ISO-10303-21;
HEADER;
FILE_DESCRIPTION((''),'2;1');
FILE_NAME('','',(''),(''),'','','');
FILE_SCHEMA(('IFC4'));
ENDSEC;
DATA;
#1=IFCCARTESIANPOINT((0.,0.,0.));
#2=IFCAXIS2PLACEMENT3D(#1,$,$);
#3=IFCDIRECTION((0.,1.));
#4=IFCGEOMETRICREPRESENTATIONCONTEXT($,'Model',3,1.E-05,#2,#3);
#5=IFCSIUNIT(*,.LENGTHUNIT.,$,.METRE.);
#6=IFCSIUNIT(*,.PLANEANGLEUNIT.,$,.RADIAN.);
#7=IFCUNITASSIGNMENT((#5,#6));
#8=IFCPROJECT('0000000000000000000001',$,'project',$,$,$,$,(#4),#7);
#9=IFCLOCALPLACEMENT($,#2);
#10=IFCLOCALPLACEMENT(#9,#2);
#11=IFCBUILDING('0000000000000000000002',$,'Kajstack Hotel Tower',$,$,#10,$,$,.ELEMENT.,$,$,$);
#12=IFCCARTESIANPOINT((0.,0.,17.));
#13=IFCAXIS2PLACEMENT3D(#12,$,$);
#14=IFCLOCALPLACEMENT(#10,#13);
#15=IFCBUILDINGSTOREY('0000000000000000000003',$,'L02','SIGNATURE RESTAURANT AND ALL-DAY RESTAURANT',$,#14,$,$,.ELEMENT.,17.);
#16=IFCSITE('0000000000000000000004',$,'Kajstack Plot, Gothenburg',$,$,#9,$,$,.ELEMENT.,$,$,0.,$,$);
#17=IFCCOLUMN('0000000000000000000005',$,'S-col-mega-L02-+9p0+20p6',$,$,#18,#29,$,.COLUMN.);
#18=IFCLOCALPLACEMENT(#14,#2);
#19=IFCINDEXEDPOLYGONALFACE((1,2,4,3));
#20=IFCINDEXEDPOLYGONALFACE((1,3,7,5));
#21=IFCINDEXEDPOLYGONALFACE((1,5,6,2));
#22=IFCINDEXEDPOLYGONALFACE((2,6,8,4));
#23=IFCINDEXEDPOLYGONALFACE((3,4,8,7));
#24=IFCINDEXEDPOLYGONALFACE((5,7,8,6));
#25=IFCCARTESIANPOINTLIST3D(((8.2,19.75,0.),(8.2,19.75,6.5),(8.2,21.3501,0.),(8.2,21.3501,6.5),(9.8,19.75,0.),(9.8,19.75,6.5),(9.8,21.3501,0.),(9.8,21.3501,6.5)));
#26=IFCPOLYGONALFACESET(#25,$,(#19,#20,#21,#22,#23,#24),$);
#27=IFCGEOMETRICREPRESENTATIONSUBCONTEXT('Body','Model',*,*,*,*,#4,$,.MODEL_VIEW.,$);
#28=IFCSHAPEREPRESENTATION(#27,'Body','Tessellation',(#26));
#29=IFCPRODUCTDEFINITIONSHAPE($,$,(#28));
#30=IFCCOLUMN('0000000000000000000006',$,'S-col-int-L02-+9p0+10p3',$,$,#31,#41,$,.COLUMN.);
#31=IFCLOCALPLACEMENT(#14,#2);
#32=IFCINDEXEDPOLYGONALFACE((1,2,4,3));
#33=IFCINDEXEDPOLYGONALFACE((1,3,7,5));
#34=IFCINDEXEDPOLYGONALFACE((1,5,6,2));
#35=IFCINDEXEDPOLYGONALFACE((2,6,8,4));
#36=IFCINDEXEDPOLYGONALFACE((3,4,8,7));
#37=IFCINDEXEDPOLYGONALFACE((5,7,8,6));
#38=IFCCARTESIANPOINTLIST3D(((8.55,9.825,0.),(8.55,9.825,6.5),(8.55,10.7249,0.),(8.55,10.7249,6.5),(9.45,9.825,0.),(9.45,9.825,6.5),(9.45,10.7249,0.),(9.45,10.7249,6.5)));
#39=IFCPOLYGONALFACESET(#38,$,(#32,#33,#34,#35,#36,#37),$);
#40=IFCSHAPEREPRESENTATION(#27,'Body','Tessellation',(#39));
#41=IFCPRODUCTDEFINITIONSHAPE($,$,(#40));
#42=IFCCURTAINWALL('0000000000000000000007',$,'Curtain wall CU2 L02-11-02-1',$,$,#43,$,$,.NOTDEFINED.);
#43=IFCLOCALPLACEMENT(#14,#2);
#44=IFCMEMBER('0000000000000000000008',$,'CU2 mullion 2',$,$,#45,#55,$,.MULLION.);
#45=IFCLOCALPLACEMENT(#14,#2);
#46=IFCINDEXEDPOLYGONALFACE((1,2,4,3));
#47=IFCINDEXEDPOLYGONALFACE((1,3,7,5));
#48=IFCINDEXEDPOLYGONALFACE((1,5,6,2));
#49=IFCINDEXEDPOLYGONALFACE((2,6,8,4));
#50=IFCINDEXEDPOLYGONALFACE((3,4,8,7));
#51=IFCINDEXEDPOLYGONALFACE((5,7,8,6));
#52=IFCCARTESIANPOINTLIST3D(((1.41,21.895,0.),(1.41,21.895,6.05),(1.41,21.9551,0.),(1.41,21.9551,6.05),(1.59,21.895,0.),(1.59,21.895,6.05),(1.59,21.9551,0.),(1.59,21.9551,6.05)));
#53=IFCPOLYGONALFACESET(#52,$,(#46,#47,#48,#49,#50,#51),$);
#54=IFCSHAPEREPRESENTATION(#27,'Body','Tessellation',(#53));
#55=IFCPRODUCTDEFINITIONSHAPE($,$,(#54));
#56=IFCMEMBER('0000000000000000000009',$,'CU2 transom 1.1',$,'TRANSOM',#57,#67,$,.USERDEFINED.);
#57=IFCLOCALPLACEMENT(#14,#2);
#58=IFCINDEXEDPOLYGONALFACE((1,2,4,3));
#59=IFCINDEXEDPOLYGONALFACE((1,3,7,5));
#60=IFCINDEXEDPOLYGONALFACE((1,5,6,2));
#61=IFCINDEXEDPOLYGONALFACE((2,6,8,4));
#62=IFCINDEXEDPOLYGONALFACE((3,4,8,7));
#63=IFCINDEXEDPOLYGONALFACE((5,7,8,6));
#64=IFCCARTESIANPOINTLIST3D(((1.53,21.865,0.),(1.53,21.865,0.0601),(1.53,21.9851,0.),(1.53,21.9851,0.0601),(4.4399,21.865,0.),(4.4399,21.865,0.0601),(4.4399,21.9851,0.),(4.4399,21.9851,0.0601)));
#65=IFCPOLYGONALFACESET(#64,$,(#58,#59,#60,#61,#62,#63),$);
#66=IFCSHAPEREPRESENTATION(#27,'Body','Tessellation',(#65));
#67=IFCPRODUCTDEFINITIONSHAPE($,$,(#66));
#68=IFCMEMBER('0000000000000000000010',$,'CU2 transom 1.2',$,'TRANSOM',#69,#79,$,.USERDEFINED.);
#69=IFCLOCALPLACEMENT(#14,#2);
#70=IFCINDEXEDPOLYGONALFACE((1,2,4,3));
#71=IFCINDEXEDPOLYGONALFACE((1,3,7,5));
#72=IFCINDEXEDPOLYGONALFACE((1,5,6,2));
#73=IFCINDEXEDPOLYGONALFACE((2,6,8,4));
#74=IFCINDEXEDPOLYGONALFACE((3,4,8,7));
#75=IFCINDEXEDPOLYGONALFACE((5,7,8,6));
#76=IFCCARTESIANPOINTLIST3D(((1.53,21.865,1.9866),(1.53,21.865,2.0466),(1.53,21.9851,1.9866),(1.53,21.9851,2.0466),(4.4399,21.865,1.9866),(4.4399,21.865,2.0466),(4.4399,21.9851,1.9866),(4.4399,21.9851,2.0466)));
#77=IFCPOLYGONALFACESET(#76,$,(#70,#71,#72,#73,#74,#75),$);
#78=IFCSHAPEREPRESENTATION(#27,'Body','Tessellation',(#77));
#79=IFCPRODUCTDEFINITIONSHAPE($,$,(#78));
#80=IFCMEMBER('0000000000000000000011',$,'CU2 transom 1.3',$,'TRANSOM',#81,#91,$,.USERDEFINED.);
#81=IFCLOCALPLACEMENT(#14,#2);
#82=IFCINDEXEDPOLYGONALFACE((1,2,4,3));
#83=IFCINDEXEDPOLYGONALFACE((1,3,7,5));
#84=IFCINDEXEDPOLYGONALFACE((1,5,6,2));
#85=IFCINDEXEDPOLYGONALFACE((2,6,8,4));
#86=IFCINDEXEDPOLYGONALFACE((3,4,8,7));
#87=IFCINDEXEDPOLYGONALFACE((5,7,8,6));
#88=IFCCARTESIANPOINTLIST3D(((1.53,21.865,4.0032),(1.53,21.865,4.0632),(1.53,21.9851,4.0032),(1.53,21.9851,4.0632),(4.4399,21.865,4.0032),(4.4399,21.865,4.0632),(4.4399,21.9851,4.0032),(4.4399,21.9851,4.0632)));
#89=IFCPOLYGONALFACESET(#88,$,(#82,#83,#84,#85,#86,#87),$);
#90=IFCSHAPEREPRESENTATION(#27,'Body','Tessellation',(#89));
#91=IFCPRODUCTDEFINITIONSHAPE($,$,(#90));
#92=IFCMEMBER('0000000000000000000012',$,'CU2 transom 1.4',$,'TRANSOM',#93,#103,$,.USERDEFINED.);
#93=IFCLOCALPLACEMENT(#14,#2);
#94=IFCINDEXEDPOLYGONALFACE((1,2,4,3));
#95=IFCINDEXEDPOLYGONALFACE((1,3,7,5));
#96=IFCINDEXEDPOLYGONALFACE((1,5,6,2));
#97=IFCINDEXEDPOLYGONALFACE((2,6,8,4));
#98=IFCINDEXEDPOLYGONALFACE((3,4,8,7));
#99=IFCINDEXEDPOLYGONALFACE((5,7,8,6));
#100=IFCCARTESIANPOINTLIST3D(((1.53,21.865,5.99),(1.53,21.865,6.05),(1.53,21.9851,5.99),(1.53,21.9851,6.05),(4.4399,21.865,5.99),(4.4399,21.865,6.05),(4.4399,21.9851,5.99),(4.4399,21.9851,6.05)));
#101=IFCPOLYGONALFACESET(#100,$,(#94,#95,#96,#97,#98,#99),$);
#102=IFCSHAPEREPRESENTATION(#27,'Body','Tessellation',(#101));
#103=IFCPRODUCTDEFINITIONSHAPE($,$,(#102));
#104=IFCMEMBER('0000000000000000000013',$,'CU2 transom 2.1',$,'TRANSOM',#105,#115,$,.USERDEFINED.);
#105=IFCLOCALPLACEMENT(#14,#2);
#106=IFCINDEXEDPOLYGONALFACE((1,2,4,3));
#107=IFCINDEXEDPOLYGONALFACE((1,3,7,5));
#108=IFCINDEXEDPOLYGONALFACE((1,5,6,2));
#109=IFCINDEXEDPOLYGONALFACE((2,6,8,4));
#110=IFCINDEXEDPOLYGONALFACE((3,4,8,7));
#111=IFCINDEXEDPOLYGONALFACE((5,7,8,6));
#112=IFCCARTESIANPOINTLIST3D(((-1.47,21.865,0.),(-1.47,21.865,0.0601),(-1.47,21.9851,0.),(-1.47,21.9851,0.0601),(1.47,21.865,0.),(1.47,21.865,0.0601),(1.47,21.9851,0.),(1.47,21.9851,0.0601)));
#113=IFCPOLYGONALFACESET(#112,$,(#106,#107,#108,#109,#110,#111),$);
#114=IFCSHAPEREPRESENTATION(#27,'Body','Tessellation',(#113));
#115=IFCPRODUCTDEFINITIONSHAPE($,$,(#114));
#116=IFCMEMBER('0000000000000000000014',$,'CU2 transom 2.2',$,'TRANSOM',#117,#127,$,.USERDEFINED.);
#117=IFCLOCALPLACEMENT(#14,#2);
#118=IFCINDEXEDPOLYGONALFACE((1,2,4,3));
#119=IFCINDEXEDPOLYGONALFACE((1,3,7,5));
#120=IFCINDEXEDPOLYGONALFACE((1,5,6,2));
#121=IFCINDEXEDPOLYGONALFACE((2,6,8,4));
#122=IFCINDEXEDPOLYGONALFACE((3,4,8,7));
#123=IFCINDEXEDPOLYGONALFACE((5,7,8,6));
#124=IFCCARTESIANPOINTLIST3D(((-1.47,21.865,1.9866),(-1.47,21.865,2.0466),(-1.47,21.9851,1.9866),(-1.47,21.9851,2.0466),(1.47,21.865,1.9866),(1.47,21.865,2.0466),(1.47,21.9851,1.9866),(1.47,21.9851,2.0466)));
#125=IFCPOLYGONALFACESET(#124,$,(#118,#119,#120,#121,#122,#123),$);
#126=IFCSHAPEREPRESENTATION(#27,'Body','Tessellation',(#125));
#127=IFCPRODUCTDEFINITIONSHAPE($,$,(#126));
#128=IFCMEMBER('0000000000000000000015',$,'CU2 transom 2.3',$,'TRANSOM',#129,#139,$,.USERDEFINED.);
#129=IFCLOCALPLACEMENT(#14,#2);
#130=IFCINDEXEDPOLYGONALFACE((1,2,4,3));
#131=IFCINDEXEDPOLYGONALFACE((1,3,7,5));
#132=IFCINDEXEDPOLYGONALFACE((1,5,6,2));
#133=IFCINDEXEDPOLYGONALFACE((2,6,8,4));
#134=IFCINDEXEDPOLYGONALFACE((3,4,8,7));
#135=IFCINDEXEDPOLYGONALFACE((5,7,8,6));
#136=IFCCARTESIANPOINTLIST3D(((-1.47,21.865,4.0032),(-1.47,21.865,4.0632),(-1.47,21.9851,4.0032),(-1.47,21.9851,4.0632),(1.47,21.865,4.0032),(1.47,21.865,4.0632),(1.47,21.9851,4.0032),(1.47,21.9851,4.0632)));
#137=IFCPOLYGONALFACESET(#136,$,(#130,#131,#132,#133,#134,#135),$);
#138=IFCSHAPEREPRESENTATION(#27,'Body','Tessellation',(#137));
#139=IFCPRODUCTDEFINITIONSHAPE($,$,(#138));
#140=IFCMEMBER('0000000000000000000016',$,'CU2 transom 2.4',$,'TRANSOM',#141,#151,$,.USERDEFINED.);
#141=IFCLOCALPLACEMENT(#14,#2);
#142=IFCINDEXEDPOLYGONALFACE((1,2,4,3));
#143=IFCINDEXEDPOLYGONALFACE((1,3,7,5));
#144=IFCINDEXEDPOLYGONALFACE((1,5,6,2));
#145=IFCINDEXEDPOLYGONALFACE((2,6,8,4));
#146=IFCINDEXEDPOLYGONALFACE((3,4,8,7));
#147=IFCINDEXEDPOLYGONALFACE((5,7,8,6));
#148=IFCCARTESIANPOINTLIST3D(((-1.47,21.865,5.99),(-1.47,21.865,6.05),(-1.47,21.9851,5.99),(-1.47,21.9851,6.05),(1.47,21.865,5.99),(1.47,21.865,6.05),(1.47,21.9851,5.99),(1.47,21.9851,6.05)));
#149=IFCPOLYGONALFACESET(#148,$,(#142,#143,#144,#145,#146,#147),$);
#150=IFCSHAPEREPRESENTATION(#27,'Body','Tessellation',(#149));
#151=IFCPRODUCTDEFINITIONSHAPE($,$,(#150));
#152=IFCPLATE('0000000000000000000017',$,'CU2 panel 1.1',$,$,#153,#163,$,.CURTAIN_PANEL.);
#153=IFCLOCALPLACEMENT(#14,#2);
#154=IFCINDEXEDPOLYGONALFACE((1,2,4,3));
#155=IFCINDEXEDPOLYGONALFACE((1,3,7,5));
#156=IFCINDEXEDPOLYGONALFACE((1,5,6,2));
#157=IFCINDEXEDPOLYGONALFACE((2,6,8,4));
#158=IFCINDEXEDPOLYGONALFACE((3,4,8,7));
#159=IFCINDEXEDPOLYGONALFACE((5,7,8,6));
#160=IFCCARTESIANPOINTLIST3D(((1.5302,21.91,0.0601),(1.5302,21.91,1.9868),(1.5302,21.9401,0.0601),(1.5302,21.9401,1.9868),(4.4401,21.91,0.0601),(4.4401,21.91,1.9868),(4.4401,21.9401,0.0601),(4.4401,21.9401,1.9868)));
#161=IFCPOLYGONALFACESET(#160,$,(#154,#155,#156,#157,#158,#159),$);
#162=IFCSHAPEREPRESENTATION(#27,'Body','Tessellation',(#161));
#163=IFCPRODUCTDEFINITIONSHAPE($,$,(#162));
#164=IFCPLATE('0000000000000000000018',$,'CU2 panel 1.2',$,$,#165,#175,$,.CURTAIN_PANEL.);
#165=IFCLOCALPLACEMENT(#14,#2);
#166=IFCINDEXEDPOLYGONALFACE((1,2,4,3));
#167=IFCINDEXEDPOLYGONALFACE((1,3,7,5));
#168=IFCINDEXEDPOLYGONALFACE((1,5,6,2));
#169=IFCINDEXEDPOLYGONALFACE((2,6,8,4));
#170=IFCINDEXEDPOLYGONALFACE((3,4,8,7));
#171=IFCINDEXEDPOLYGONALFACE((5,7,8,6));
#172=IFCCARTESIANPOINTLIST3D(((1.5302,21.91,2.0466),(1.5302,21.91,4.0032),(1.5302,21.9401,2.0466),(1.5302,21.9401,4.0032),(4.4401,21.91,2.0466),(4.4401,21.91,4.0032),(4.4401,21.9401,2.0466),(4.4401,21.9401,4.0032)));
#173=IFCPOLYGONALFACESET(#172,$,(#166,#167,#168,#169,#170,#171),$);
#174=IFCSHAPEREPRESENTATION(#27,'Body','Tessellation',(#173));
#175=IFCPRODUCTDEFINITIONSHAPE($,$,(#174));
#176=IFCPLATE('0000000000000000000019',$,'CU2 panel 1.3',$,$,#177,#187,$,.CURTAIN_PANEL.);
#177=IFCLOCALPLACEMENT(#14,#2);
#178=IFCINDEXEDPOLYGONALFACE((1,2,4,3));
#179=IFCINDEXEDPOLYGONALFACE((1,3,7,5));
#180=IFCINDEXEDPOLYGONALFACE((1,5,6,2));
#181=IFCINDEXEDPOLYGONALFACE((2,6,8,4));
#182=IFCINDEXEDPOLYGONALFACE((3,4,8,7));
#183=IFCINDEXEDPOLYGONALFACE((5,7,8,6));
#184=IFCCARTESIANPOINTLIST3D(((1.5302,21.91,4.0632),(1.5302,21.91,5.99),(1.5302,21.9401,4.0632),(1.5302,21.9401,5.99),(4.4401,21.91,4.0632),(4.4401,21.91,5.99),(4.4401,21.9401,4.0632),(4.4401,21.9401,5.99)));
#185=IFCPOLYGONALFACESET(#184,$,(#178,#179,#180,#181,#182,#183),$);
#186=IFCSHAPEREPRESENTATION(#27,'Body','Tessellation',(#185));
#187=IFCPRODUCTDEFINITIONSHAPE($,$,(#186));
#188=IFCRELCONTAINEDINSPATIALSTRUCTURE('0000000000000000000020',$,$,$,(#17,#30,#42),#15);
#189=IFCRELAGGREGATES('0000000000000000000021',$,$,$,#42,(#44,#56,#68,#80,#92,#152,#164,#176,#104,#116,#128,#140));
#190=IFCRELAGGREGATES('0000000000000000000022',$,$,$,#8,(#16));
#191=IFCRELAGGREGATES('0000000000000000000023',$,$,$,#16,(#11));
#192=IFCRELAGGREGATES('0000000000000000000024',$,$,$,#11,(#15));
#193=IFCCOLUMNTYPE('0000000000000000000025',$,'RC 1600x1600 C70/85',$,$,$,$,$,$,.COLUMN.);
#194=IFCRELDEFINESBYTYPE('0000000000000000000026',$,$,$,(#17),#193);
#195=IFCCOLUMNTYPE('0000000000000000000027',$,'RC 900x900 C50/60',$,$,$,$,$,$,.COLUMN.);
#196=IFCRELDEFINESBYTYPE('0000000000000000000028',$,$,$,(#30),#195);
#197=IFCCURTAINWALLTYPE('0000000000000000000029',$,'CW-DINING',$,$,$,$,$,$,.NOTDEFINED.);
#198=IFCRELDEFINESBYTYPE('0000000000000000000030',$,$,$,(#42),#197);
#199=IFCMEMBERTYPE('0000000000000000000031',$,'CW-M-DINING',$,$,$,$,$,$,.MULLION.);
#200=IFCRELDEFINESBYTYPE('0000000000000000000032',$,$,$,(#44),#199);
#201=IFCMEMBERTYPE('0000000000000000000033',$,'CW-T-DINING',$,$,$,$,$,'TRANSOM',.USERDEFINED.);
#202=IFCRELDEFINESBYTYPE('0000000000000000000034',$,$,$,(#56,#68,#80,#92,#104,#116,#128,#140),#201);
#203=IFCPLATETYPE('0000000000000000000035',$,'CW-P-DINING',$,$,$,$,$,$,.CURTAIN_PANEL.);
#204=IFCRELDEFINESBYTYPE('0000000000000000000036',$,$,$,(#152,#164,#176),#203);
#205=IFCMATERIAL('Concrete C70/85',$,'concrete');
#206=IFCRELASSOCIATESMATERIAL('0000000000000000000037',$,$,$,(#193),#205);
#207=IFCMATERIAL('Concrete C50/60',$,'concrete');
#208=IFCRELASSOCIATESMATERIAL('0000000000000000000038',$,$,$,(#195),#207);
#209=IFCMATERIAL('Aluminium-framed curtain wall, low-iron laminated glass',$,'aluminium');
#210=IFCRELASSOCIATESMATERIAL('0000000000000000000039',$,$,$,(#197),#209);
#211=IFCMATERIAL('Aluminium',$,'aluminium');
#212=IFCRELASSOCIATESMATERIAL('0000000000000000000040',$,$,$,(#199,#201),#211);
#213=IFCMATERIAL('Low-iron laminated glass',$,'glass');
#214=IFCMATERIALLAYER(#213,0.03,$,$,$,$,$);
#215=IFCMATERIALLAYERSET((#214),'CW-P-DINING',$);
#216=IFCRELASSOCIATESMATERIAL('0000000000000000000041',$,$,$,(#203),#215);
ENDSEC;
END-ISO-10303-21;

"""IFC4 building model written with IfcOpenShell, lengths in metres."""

from ifc_helpers import new_model, si_unit, direction, frame, origin, origin_2d, place, context, subcontext, project, spatial, rectangle, extrude, material, layer, layer_set, material_profile, profile_set, type_object, element, aggregate, save


model = new_model("IFC4")

# Units and contexts
model_context = context("Model", 3, precision=1e-05, world=origin(), true_north=direction((0.0, 1.0)))
body_context = subcontext(model_context, "Body", "Model", "MODEL_VIEW")
ifc_project = project(units=[si_unit("LENGTHUNIT", "METRE"), si_unit("PLANEANGLEUNIT", "RADIAN")], contexts=[model_context])

# Site, building, storey
site_placement = place(None, origin())
site = spatial("IfcSite", under=ifc_project, at=site_placement, Name="Kajstack Plot, Gothenburg", CompositionType="ELEMENT", RefElevation=0.0)
building_placement = place(site_placement, origin())
building = spatial("IfcBuilding", under=site, at=building_placement, Name="Kajstack Hotel Tower", CompositionType="ELEMENT")
storey_placement = place(building_placement, frame((0.0, 0.0, 17.0)))
storey = spatial("IfcBuildingStorey", under=building, at=storey_placement, Name="L02", Description="SIGNATURE RESTAURANT AND ALL-DAY RESTAURANT", CompositionType="ELEMENT", Elevation=17.0)

# Columns
ifc_material_1 = material(Name="Concrete C70/85", Category="concrete")
ifc_material_profile_1 = material_profile(ifc_material_1, rectangle(XDim=1.6001, YDim=1.6001, at=origin_2d()), Name="RC 1600x1600")
ifc_profile_set_1 = profile_set([ifc_material_profile_1], Name="Concrete C70/85")
column_type_1 = type_object("IfcColumnType", Name="RC 1600x1600 C70/85", PredefinedType="COLUMN", material=ifc_profile_set_1)
column_1_placement = place(storey_placement, frame((9.0, 20.55, 0.0), z_axis=(0.0, 0.0, 1.0), x_axis=(1.0, 0.0, 0.0)))
element("IfcColumn", 1, at=column_1_placement, inside=storey, type_object=column_type_1, Name="S-col-mega-L02-+9p0+20p6", PredefinedType="COLUMN", context=body_context, shape_type="SweptSolid", body=[
    extrude(rectangle(XDim=1.6001, YDim=1.6001, at=origin_2d()), origin(), (0.0, 0.0, 1.0), 6.5),
])
ifc_material_2 = material(Name="Concrete C50/60", Category="concrete")
ifc_material_profile_2 = material_profile(ifc_material_2, rectangle(XDim=0.8999, YDim=0.8999, at=origin_2d()), Name="RC 900x900")
ifc_profile_set_2 = profile_set([ifc_material_profile_2], Name="Concrete C50/60")
column_type_2 = type_object("IfcColumnType", Name="RC 900x900 C50/60", PredefinedType="COLUMN", material=ifc_profile_set_2)
column_2_placement = place(storey_placement, frame((9.0, 10.2749, 0.0), z_axis=(0.0, 0.0, 1.0), x_axis=(1.0, 0.0, 0.0)))
element("IfcColumn", 2, at=column_2_placement, inside=storey, type_object=column_type_2, Name="S-col-int-L02-+9p0+10p3", PredefinedType="COLUMN", context=body_context, shape_type="SweptSolid", body=[
    extrude(rectangle(XDim=0.8999, YDim=0.8999, at=origin_2d()), origin(), (0.0, 0.0, 1.0), 6.5),
])

# Curtain wall, members, plates
ifc_material_3 = material(Name="Aluminium-framed curtain wall, low-iron laminated glass", Category="aluminium")
curtain_wall_type = type_object("IfcCurtainWallType", Name="CW-DINING", PredefinedType="NOTDEFINED", material=ifc_material_3)
curtain_wall_placement = place(storey_placement, origin())
curtain_wall = element("IfcCurtainWall", 3, at=curtain_wall_placement, inside=storey, type_object=curtain_wall_type, Name="Curtain wall CU2 L02-11-02-1", PredefinedType="NOTDEFINED")
ifc_material_4 = material(Name="Aluminium", Category="aluminium")
ifc_material_profile_3 = material_profile(ifc_material_4, rectangle(XDim=0.0601, YDim=0.1799, at=origin_2d()), Name="Aluminium mullion 60 x 180")
ifc_profile_set_3 = profile_set([ifc_material_profile_3], Name="Aluminium")
member_type_1 = type_object("IfcMemberType", Name="CW-M-DINING", PredefinedType="MULLION", material=ifc_profile_set_3)
member_1_placement = place(storey_placement, frame((1.5, 21.925, 0.0), z_axis=(0.0, 0.0, 1.0), x_axis=(0.0, -1.0, 0.0)))
member_1 = element("IfcMember", 4, at=member_1_placement, type_object=member_type_1, Name="CU2 mullion 2", PredefinedType="MULLION", context=body_context, shape_type="SweptSolid", body=[
    extrude(rectangle(XDim=0.0601, YDim=0.1799, at=origin_2d()), origin(), (0.0, 0.0, 1.0), 6.05),
])
ifc_material_profile_4 = material_profile(ifc_material_4, rectangle(XDim=0.1201, YDim=0.0601, at=origin_2d()), Name="Aluminium transom 120 x 60")
ifc_profile_set_4 = profile_set([ifc_material_profile_4], Name="Aluminium")
member_type_2 = type_object("IfcMemberType", Name="CW-T-DINING", ElementType="TRANSOM", PredefinedType="USERDEFINED", material=ifc_profile_set_4)
member_2_placement = place(storey_placement, frame((4.4399, 21.925, 0.03), z_axis=(-1.0, 0.0, 0.0), x_axis=(0.0, -1.0, 0.0)))
member_2 = element("IfcMember", 5, at=member_2_placement, type_object=member_type_2, Name="CU2 transom 1.1", ObjectType="TRANSOM", PredefinedType="USERDEFINED", context=body_context, shape_type="SweptSolid", body=[
    extrude(rectangle(XDim=0.1201, YDim=0.0601, at=origin_2d()), origin(), (0.0, 0.0, 1.0), 2.9099),
])
member_3_placement = place(storey_placement, frame((4.4399, 21.925, 2.0166), z_axis=(-1.0, 0.0, 0.0), x_axis=(0.0, -1.0, 0.0)))
member_3 = element("IfcMember", 6, at=member_3_placement, type_object=member_type_2, Name="CU2 transom 1.2", ObjectType="TRANSOM", PredefinedType="USERDEFINED", context=body_context, shape_type="SweptSolid", body=[
    extrude(rectangle(XDim=0.1201, YDim=0.0601, at=origin_2d()), origin(), (0.0, 0.0, 1.0), 2.9099),
])
member_4_placement = place(storey_placement, frame((4.4399, 21.925, 4.0332), z_axis=(-1.0, 0.0, 0.0), x_axis=(0.0, -1.0, 0.0)))
member_4 = element("IfcMember", 7, at=member_4_placement, type_object=member_type_2, Name="CU2 transom 1.3", ObjectType="TRANSOM", PredefinedType="USERDEFINED", context=body_context, shape_type="SweptSolid", body=[
    extrude(rectangle(XDim=0.1201, YDim=0.0601, at=origin_2d()), origin(), (0.0, 0.0, 1.0), 2.9099),
])
member_5_placement = place(storey_placement, frame((4.4399, 21.925, 6.02), z_axis=(-1.0, 0.0, 0.0), x_axis=(0.0, -1.0, 0.0)))
member_5 = element("IfcMember", 8, at=member_5_placement, type_object=member_type_2, Name="CU2 transom 1.4", ObjectType="TRANSOM", PredefinedType="USERDEFINED", context=body_context, shape_type="SweptSolid", body=[
    extrude(rectangle(XDim=0.1201, YDim=0.0601, at=origin_2d()), origin(), (0.0, 0.0, 1.0), 2.9099),
])
member_6_placement = place(storey_placement, frame((1.47, 21.925, 0.03), z_axis=(-1.0, 0.0, 0.0), x_axis=(0.0, -1.0, 0.0)))
member_6 = element("IfcMember", 9, at=member_6_placement, type_object=member_type_2, Name="CU2 transom 2.1", ObjectType="TRANSOM", PredefinedType="USERDEFINED", context=body_context, shape_type="SweptSolid", body=[
    extrude(rectangle(XDim=0.1201, YDim=0.0601, at=origin_2d()), origin(), (0.0, 0.0, 1.0), 2.9399),
])
member_7_placement = place(storey_placement, frame((1.47, 21.925, 2.0166), z_axis=(-1.0, 0.0, 0.0), x_axis=(0.0, -1.0, 0.0)))
member_7 = element("IfcMember", 10, at=member_7_placement, type_object=member_type_2, Name="CU2 transom 2.2", ObjectType="TRANSOM", PredefinedType="USERDEFINED", context=body_context, shape_type="SweptSolid", body=[
    extrude(rectangle(XDim=0.1201, YDim=0.0601, at=origin_2d()), origin(), (0.0, 0.0, 1.0), 2.9399),
])
member_8_placement = place(storey_placement, frame((1.47, 21.925, 4.0332), z_axis=(-1.0, 0.0, 0.0), x_axis=(0.0, -1.0, 0.0)))
member_8 = element("IfcMember", 11, at=member_8_placement, type_object=member_type_2, Name="CU2 transom 2.3", ObjectType="TRANSOM", PredefinedType="USERDEFINED", context=body_context, shape_type="SweptSolid", body=[
    extrude(rectangle(XDim=0.1201, YDim=0.0601, at=origin_2d()), origin(), (0.0, 0.0, 1.0), 2.9399),
])
member_9_placement = place(storey_placement, frame((1.47, 21.925, 6.02), z_axis=(-1.0, 0.0, 0.0), x_axis=(0.0, -1.0, 0.0)))
member_9 = element("IfcMember", 12, at=member_9_placement, type_object=member_type_2, Name="CU2 transom 2.4", ObjectType="TRANSOM", PredefinedType="USERDEFINED", context=body_context, shape_type="SweptSolid", body=[
    extrude(rectangle(XDim=0.1201, YDim=0.0601, at=origin_2d()), origin(), (0.0, 0.0, 1.0), 2.9399),
])
ifc_material_5 = material(Name="Low-iron laminated glass", Category="glass")
ifc_layer_1 = layer(ifc_material_5, 0.03)
ifc_layer_set_1 = layer_set([ifc_layer_1], Name="CW-P-DINING")
plate_type = type_object("IfcPlateType", Name="CW-P-DINING", PredefinedType="CURTAIN_PANEL", material=ifc_layer_set_1)
plate_1_placement = place(storey_placement, frame((2.9851, 21.925, 0.0601), z_axis=(0.0, 0.0, 1.0), x_axis=(-1.0, 0.0, 0.0)))
plate_1 = element("IfcPlate", 13, at=plate_1_placement, type_object=plate_type, Name="CU2 panel 1.1", PredefinedType="CURTAIN_PANEL", context=body_context, shape_type="SweptSolid", body=[
    extrude(rectangle(XDim=2.9099, YDim=0.03, at=origin_2d()), origin(), (0.0, 0.0, 1.0), 1.9268),
])
plate_2_placement = place(storey_placement, frame((2.9851, 21.925, 2.0466), z_axis=(0.0, 0.0, 1.0), x_axis=(-1.0, 0.0, 0.0)))
plate_2 = element("IfcPlate", 14, at=plate_2_placement, type_object=plate_type, Name="CU2 panel 1.2", PredefinedType="CURTAIN_PANEL", context=body_context, shape_type="SweptSolid", body=[
    extrude(rectangle(XDim=2.9099, YDim=0.03, at=origin_2d()), origin(), (0.0, 0.0, 1.0), 1.9565),
])
plate_3_placement = place(storey_placement, frame((2.9851, 21.925, 4.0632), z_axis=(0.0, 0.0, 1.0), x_axis=(-1.0, 0.0, 0.0)))
plate_3 = element("IfcPlate", 15, at=plate_3_placement, type_object=plate_type, Name="CU2 panel 1.3", PredefinedType="CURTAIN_PANEL", context=body_context, shape_type="SweptSolid", body=[
    extrude(rectangle(XDim=2.9099, YDim=0.03, at=origin_2d()), origin(), (0.0, 0.0, 1.0), 1.9268),
])
aggregate(curtain_wall, [member_1, member_2, member_3, member_4, member_5, plate_1, plate_2, plate_3, member_6, member_7, member_8, member_9])

save(model, "model.ifc")
